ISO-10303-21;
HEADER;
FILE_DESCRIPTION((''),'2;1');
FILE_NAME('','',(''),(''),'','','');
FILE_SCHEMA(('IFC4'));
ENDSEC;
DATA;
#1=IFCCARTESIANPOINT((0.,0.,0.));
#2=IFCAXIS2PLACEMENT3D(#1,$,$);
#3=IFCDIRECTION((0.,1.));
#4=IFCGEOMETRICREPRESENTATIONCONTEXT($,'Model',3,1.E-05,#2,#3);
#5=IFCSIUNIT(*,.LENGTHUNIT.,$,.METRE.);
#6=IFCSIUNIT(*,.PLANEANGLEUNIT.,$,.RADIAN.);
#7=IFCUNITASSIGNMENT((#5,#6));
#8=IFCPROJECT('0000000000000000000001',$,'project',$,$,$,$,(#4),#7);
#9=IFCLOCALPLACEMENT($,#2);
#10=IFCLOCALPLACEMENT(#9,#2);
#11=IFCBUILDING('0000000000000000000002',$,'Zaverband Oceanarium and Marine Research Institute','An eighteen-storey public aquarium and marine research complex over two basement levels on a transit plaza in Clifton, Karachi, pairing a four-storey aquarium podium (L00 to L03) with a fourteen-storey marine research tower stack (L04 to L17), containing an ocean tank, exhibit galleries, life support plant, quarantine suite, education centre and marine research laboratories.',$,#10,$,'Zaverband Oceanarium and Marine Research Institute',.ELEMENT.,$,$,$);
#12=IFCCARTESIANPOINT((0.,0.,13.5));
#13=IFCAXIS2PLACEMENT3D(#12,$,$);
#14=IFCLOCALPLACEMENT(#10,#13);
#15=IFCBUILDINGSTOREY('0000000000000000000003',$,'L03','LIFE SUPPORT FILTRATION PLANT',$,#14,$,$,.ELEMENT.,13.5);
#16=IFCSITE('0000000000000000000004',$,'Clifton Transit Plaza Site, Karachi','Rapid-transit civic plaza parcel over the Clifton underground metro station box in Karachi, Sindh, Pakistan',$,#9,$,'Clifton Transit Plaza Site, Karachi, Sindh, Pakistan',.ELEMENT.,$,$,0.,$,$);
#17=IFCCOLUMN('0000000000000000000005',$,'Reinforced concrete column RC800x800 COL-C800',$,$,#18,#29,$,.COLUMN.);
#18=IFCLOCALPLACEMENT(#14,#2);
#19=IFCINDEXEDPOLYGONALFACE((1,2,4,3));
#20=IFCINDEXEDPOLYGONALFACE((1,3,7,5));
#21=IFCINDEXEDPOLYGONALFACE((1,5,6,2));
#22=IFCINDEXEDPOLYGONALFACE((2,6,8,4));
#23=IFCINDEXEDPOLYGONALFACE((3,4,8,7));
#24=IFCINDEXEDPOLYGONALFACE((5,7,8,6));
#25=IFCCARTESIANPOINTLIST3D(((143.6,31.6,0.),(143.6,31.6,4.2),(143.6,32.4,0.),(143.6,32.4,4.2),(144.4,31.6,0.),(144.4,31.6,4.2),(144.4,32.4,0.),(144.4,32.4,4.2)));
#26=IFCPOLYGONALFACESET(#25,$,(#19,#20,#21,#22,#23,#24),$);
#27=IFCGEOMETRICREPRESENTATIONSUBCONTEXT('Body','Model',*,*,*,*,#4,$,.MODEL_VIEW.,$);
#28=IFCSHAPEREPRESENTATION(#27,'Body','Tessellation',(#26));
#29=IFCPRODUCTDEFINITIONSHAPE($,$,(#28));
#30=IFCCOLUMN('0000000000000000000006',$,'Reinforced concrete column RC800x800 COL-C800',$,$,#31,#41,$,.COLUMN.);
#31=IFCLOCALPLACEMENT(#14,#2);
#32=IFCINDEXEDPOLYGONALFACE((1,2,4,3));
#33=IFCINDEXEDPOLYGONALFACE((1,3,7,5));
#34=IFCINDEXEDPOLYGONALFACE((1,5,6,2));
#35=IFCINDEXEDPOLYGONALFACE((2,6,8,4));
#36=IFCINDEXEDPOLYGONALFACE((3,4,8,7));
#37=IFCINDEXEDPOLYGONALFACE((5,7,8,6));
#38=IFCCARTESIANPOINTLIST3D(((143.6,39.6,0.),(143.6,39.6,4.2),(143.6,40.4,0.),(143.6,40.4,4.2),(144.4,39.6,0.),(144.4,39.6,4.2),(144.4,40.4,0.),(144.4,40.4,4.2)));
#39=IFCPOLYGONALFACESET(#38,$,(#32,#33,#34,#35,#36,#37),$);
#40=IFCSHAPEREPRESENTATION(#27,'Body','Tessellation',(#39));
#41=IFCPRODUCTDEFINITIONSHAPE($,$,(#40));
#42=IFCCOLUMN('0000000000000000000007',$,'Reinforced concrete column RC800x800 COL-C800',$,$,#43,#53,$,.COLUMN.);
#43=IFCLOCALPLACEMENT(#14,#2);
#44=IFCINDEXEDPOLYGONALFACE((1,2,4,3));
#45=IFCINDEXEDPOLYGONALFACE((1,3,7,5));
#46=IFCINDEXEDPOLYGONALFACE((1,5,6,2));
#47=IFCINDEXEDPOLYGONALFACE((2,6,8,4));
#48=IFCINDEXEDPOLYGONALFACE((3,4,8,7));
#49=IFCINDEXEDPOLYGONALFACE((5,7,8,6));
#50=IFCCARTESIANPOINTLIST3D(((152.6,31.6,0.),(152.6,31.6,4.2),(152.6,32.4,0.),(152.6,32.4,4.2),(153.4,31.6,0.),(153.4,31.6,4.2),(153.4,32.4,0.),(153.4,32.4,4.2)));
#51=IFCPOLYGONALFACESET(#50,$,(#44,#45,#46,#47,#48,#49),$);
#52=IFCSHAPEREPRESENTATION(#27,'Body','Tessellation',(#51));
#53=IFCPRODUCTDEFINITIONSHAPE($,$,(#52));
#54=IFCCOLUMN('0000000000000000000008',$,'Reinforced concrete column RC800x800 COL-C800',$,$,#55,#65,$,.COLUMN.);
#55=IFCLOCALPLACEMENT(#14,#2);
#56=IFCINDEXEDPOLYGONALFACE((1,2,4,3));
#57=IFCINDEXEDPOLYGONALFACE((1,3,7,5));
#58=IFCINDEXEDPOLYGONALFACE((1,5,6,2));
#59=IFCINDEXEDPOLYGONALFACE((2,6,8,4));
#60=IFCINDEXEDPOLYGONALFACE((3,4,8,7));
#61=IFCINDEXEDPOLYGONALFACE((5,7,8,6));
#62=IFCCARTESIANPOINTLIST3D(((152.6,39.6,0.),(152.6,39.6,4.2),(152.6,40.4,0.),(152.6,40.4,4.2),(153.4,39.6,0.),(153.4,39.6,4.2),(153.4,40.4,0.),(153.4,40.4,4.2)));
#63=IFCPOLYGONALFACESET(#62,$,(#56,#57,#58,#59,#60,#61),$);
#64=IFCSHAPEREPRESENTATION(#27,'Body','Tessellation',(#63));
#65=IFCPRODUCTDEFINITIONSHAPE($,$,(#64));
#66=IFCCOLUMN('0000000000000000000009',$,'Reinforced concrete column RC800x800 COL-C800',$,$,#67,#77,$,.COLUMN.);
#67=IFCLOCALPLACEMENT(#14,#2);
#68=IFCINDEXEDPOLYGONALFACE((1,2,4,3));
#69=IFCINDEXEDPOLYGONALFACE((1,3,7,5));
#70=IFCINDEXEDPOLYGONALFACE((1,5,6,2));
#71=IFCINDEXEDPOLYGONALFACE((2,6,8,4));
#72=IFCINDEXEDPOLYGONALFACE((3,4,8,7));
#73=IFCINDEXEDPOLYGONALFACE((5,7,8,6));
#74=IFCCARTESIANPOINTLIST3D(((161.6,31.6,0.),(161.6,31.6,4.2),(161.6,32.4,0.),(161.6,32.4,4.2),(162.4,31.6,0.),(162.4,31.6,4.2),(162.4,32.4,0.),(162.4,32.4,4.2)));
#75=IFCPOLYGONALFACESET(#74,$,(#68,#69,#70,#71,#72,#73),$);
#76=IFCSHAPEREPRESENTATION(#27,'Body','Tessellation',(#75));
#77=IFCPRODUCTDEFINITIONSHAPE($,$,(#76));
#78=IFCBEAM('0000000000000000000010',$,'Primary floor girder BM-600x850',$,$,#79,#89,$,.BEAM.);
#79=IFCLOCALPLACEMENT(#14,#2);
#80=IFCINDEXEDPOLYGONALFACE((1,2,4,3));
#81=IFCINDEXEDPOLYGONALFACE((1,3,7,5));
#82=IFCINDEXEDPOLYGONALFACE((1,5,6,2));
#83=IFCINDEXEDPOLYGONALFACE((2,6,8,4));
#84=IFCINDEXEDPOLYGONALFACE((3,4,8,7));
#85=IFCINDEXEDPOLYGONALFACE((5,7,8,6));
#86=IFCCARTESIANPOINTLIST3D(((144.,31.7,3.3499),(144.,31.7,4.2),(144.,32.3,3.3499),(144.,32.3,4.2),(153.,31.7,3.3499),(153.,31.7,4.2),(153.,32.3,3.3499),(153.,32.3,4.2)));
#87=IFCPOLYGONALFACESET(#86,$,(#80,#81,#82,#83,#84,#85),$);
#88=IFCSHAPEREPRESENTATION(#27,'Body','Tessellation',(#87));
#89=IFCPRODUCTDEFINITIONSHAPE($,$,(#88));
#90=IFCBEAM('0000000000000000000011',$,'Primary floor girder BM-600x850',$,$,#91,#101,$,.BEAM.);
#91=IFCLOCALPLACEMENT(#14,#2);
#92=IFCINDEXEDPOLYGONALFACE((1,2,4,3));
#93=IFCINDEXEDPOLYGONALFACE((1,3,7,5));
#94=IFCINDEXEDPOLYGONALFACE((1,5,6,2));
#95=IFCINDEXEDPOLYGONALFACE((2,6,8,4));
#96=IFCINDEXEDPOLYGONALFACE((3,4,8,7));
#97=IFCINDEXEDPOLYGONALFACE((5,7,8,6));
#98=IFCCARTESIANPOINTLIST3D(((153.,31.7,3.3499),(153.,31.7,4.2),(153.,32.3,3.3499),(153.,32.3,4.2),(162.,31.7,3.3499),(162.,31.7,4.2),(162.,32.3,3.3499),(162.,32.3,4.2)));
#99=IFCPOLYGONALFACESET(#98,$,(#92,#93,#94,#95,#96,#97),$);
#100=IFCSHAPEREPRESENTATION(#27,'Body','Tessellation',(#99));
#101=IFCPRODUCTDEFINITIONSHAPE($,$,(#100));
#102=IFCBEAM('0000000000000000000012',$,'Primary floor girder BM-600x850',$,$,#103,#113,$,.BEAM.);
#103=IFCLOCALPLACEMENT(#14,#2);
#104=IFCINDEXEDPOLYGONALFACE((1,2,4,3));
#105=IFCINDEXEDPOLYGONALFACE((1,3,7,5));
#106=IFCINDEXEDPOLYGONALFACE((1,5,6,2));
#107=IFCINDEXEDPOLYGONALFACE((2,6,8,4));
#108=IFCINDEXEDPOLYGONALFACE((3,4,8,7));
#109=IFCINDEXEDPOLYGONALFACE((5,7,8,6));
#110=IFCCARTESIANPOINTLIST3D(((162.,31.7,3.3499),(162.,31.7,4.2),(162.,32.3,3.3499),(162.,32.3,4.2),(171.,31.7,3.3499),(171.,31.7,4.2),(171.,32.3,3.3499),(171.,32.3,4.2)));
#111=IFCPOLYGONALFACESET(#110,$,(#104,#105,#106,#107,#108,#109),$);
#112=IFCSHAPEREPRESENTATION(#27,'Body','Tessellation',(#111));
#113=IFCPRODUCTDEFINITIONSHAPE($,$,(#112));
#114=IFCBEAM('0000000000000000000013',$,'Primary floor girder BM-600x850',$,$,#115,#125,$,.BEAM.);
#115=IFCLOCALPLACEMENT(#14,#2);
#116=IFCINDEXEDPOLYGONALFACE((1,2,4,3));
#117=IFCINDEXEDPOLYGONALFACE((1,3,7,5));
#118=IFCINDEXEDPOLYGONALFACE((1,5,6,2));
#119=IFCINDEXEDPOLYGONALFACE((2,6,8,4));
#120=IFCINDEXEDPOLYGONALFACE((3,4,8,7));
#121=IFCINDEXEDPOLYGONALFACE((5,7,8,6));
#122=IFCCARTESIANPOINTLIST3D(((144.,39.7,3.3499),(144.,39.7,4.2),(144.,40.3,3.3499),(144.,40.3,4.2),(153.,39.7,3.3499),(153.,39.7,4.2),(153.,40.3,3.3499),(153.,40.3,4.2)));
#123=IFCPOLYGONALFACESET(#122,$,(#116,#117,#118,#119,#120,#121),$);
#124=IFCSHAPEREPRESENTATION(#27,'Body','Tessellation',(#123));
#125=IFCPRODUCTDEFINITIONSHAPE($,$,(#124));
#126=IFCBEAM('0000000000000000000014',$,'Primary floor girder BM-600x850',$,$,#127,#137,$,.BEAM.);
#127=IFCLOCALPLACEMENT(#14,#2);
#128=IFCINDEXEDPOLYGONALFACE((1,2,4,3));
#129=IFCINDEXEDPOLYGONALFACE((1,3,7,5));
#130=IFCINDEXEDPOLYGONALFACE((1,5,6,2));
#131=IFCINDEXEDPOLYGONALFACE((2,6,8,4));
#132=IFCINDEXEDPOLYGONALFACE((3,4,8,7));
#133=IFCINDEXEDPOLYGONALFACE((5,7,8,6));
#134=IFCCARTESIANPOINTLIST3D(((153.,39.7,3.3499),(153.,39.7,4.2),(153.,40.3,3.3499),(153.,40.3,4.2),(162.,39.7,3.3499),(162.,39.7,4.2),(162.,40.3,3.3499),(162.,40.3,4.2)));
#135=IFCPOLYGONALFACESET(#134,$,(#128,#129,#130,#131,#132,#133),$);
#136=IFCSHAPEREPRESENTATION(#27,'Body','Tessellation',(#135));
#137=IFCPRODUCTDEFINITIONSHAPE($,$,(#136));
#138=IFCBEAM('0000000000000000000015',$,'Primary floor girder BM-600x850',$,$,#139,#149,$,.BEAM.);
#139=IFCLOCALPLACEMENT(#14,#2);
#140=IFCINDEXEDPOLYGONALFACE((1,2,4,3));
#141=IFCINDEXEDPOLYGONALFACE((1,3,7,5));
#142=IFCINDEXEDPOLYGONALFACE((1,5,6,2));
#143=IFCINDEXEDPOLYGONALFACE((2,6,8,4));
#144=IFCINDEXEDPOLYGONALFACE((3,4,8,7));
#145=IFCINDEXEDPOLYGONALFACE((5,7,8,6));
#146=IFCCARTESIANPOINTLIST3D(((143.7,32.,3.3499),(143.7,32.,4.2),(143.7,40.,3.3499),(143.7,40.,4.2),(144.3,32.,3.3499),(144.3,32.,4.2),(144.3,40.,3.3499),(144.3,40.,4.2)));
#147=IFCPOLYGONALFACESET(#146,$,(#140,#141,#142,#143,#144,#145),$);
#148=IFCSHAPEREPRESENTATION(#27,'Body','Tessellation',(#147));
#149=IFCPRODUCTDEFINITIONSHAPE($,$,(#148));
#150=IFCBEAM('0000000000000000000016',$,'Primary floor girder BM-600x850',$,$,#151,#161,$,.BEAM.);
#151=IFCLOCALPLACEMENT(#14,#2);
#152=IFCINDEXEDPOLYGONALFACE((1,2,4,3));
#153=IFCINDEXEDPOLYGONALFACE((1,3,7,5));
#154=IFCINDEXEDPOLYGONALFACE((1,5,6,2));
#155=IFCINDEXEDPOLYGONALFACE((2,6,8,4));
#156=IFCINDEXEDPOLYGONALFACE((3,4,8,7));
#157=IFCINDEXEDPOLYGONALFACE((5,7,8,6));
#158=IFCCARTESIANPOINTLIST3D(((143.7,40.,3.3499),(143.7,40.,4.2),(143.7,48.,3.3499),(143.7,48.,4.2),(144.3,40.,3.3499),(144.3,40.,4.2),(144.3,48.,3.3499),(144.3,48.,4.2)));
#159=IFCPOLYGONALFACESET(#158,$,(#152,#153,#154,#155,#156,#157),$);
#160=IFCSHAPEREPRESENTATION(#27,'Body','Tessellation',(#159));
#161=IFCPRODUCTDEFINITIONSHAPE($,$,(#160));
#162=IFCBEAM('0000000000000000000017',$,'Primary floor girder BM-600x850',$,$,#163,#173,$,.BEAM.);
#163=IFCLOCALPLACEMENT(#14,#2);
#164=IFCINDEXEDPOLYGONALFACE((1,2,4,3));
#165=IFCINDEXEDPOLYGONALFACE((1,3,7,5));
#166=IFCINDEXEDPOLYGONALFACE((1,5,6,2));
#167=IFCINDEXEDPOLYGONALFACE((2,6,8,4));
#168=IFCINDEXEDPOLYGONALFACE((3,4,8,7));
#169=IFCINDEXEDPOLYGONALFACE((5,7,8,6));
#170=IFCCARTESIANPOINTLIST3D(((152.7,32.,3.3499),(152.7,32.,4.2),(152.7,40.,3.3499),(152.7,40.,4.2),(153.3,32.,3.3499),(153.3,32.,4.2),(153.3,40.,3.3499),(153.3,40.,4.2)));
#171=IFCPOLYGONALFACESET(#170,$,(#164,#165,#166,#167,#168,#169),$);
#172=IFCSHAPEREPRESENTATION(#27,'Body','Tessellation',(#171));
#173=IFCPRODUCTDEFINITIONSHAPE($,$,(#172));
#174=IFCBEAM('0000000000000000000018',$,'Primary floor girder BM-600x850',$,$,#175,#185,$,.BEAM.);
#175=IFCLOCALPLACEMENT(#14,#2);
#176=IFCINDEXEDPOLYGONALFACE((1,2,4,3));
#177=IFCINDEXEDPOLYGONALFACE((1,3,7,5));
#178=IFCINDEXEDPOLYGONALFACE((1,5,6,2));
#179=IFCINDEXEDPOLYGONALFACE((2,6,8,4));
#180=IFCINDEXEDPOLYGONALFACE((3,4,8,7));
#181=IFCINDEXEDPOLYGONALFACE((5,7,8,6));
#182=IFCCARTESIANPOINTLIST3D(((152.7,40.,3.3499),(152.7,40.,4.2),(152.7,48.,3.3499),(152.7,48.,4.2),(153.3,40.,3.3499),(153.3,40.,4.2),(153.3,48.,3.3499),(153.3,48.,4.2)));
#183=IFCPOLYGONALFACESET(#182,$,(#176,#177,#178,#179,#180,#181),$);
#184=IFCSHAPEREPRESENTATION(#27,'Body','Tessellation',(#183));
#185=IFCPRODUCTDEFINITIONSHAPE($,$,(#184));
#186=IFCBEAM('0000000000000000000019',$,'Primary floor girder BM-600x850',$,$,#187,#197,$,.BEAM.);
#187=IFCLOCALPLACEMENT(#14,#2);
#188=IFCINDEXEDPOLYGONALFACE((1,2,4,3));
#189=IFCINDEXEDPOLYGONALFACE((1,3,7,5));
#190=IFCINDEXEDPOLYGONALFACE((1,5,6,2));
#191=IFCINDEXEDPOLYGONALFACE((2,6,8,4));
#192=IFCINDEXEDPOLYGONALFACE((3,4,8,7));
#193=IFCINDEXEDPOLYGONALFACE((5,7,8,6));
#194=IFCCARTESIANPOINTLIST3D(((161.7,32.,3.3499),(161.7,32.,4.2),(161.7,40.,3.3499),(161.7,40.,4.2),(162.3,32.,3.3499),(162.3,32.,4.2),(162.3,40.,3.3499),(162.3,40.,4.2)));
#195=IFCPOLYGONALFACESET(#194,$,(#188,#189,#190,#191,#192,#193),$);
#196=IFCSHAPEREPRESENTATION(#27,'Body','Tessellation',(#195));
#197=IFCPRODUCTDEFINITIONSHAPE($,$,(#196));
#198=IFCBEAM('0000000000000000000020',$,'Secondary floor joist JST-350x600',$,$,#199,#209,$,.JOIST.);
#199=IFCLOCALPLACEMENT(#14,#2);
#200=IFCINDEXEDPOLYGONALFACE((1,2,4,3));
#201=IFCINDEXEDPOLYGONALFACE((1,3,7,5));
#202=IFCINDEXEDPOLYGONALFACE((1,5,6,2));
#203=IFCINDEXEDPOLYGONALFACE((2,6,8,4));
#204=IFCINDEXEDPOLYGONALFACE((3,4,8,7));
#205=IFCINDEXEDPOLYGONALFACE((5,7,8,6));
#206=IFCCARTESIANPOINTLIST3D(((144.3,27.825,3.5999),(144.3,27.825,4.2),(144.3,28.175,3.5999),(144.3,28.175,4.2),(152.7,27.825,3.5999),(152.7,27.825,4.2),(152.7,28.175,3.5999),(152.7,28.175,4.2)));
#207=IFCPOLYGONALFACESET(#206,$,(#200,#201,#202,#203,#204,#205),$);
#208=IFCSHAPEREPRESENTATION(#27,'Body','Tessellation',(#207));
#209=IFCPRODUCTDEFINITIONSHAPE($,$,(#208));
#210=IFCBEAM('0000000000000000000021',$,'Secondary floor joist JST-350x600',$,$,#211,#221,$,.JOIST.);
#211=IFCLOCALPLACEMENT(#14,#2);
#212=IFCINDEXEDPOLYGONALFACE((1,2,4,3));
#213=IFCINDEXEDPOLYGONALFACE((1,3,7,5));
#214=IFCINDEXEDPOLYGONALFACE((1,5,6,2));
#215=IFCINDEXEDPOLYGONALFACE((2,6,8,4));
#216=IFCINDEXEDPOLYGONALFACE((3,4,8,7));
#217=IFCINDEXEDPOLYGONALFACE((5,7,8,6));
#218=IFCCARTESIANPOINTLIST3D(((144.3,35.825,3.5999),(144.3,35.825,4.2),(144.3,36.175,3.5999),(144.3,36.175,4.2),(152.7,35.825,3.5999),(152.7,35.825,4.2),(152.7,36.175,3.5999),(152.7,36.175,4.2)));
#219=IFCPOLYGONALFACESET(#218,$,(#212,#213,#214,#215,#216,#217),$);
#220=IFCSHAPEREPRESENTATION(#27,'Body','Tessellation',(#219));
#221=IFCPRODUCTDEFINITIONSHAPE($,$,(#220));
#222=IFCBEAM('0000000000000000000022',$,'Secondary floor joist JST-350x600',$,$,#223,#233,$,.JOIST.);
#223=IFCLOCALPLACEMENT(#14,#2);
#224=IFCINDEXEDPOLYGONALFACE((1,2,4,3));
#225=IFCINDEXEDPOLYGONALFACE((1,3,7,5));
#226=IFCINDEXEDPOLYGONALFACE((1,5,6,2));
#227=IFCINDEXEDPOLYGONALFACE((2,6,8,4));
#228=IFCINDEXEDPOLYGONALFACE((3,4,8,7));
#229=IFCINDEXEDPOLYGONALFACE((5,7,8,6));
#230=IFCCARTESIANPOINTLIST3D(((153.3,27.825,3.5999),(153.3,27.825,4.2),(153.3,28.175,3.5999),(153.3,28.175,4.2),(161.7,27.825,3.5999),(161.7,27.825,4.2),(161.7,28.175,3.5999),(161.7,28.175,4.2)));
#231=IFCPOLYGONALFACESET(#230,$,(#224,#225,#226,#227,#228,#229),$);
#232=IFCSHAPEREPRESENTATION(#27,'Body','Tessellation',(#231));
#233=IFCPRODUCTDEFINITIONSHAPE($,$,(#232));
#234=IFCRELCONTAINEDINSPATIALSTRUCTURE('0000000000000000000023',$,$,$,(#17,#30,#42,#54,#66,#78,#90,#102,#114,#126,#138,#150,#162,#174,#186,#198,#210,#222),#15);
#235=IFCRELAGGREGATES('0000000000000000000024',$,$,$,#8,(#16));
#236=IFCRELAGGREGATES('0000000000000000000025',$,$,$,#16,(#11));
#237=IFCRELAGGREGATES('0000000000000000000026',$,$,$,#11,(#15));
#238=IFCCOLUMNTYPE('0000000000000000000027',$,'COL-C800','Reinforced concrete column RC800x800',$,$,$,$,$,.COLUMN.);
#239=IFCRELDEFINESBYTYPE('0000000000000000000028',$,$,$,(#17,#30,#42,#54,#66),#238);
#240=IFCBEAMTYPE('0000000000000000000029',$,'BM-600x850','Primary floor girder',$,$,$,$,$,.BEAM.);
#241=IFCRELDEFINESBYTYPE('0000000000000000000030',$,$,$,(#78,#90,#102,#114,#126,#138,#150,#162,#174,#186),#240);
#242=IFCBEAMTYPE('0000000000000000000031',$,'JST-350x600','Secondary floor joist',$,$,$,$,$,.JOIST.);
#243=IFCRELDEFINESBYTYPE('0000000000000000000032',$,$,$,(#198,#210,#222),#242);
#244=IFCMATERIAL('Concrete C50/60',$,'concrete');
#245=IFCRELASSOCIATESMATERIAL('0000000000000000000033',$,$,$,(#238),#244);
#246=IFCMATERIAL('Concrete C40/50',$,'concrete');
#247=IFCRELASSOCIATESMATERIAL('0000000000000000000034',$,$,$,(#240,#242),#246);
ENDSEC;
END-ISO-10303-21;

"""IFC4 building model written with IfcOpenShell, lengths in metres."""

from ifc_helpers import new_model, si_unit, direction, frame, origin, origin_2d, place, context, subcontext, project, spatial, rectangle, extrude, material, material_profile, profile_set, type_object, element, save


model = new_model("IFC4")

# Units and contexts
model_context = context("Model", 3, precision=1e-05, world=origin(), true_north=direction((0.0, 1.0)))
body_context = subcontext(model_context, "Body", "Model", "MODEL_VIEW")
ifc_project = project(units=[si_unit("LENGTHUNIT", "METRE"), si_unit("PLANEANGLEUNIT", "RADIAN")], contexts=[model_context])

# Site, building, storey
site_placement = place(None, origin())
site = spatial("IfcSite", under=ifc_project, at=site_placement, Name="Clifton Transit Plaza Site, Karachi", Description="Rapid-transit civic plaza parcel over the Clifton underground metro station box in Karachi, Sindh, Pakistan", LongName="Clifton Transit Plaza Site, Karachi, Sindh, Pakistan", CompositionType="ELEMENT", RefElevation=0.0)
building_placement = place(site_placement, origin())
building = spatial("IfcBuilding", under=site, at=building_placement, Name="Zaverband Oceanarium and Marine Research Institute", Description="An eighteen-storey public aquarium and marine research complex over two basement levels on a transit plaza in Clifton, Karachi, pairing a four-storey aquarium podium (L00 to L03) with a fourteen-storey marine research tower stack (L04 to L17), containing an ocean tank, exhibit galleries, life support plant, quarantine suite, education centre and marine research laboratories.", LongName="Zaverband Oceanarium and Marine Research Institute", CompositionType="ELEMENT")
storey_placement = place(building_placement, frame((0.0, 0.0, 13.5)))
storey = spatial("IfcBuildingStorey", under=building, at=storey_placement, Name="L03", Description="LIFE SUPPORT FILTRATION PLANT", CompositionType="ELEMENT", Elevation=13.5)

# Columns
ifc_material_1 = material(Name="Concrete C50/60", Category="concrete")
ifc_material_profile_1 = material_profile(ifc_material_1, rectangle(XDim=0.8, YDim=0.8, at=origin_2d()), Name="RC800x800")
ifc_profile_set_1 = profile_set([ifc_material_profile_1], Name="Concrete C50/60")
column_type = type_object("IfcColumnType", Name="COL-C800", Description="Reinforced concrete column RC800x800", PredefinedType="COLUMN", material=ifc_profile_set_1)
for number, where, z_axis, x_axis, name in (
    (1, (144.0, 32.0, 0.0), (0.0, 0.0, 1.0), (1.0, 0.0, 0.0), "Reinforced concrete column RC800x800 COL-C800"),
    (2, (144.0, 40.0, 0.0), (0.0, 0.0, 1.0), (1.0, 0.0, 0.0), "Reinforced concrete column RC800x800 COL-C800"),
    (3, (153.0, 32.0, 0.0), (0.0, 0.0, 1.0), (1.0, 0.0, 0.0), "Reinforced concrete column RC800x800 COL-C800"),
    (4, (153.0, 40.0, 0.0), (0.0, 0.0, 1.0), (1.0, 0.0, 0.0), "Reinforced concrete column RC800x800 COL-C800"),
    (5, (162.0, 32.0, 0.0), (0.0, 0.0, 1.0), (1.0, 0.0, 0.0), "Reinforced concrete column RC800x800 COL-C800"),
):
    element("IfcColumn", number, at=place(storey_placement, frame(where, z_axis=z_axis, x_axis=x_axis)), inside=storey, type_object=column_type, Name=name, PredefinedType="COLUMN", context=body_context, shape_type="SweptSolid", body=[
        extrude(rectangle(XDim=0.8, YDim=0.8, at=origin_2d()), origin(), (0.0, 0.0, 1.0), 4.2),
    ])

# Beams
ifc_material_2 = material(Name="Concrete C40/50", Category="concrete")
ifc_material_profile_2 = material_profile(ifc_material_2, rectangle(XDim=0.6001, YDim=0.8501, at=origin_2d()), Name="RC600x850")
ifc_profile_set_2 = profile_set([ifc_material_profile_2], Name="Concrete C40/50")
beam_type_1 = type_object("IfcBeamType", Name="BM-600x850", Description="Primary floor girder", PredefinedType="BEAM", material=ifc_profile_set_2)
for number, where, z_axis, x_axis, name in (
    (6, (144.0, 32.0, 3.7749), (1.0, 0.0, 0.0), (0.0, 1.0, 0.0), "Primary floor girder BM-600x850"),
    (7, (153.0, 32.0, 3.7749), (1.0, 0.0, 0.0), (0.0, 1.0, 0.0), "Primary floor girder BM-600x850"),
    (8, (162.0, 32.0, 3.7749), (1.0, 0.0, 0.0), (0.0, 1.0, 0.0), "Primary floor girder BM-600x850"),
    (9, (144.0, 40.0, 3.7749), (1.0, 0.0, 0.0), (0.0, 1.0, 0.0), "Primary floor girder BM-600x850"),
    (10, (153.0, 40.0, 3.7749), (1.0, 0.0, 0.0), (0.0, 1.0, 0.0), "Primary floor girder BM-600x850"),
):
    element("IfcBeam", number, at=place(storey_placement, frame(where, z_axis=z_axis, x_axis=x_axis)), inside=storey, type_object=beam_type_1, Name=name, PredefinedType="BEAM", context=body_context, shape_type="SweptSolid", body=[
        extrude(rectangle(XDim=0.6001, YDim=0.8501, at=origin_2d()), origin(), (0.0, 0.0, 1.0), 9.0),
    ])
for number, where, z_axis, x_axis, name in (
    (11, (144.0, 32.0, 3.7749), (0.0, 1.0, 0.0), (-1.0, 0.0, 0.0), "Primary floor girder BM-600x850"),
    (12, (144.0, 40.0, 3.7749), (0.0, 1.0, 0.0), (-1.0, 0.0, 0.0), "Primary floor girder BM-600x850"),
    (13, (153.0, 32.0, 3.7749), (0.0, 1.0, 0.0), (-1.0, 0.0, 0.0), "Primary floor girder BM-600x850"),
    (14, (153.0, 40.0, 3.7749), (0.0, 1.0, 0.0), (-1.0, 0.0, 0.0), "Primary floor girder BM-600x850"),
    (15, (162.0, 32.0, 3.7749), (0.0, 1.0, 0.0), (-1.0, 0.0, 0.0), "Primary floor girder BM-600x850"),
):
    element("IfcBeam", number, at=place(storey_placement, frame(where, z_axis=z_axis, x_axis=x_axis)), inside=storey, type_object=beam_type_1, Name=name, PredefinedType="BEAM", context=body_context, shape_type="SweptSolid", body=[
        extrude(rectangle(XDim=0.6001, YDim=0.8501, at=origin_2d()), origin(), (0.0, 0.0, 1.0), 8.0),
    ])
ifc_material_profile_3 = material_profile(ifc_material_2, rectangle(XDim=0.3501, YDim=0.6001, at=origin_2d()), Name="RC350x600")
ifc_profile_set_3 = profile_set([ifc_material_profile_3], Name="Concrete C40/50")
beam_type_2 = type_object("IfcBeamType", Name="JST-350x600", Description="Secondary floor joist", PredefinedType="JOIST", material=ifc_profile_set_3)
for number, where, z_axis, x_axis, name in (
    (16, (144.3, 28.0, 3.8999), (1.0, 0.0, 0.0), (0.0, 1.0, 0.0), "Secondary floor joist JST-350x600"),
    (17, (144.3, 36.0, 3.8999), (1.0, 0.0, 0.0), (0.0, 1.0, 0.0), "Secondary floor joist JST-350x600"),
    (18, (153.3, 28.0, 3.8999), (1.0, 0.0, 0.0), (0.0, 1.0, 0.0), "Secondary floor joist JST-350x600"),
):
    element("IfcBeam", number, at=place(storey_placement, frame(where, z_axis=z_axis, x_axis=x_axis)), inside=storey, type_object=beam_type_2, Name=name, PredefinedType="JOIST", context=body_context, shape_type="SweptSolid", body=[
        extrude(rectangle(XDim=0.3501, YDim=0.6001, at=origin_2d()), origin(), (0.0, 0.0, 1.0), 8.3999),
    ])

save(model, "model.ifc")
